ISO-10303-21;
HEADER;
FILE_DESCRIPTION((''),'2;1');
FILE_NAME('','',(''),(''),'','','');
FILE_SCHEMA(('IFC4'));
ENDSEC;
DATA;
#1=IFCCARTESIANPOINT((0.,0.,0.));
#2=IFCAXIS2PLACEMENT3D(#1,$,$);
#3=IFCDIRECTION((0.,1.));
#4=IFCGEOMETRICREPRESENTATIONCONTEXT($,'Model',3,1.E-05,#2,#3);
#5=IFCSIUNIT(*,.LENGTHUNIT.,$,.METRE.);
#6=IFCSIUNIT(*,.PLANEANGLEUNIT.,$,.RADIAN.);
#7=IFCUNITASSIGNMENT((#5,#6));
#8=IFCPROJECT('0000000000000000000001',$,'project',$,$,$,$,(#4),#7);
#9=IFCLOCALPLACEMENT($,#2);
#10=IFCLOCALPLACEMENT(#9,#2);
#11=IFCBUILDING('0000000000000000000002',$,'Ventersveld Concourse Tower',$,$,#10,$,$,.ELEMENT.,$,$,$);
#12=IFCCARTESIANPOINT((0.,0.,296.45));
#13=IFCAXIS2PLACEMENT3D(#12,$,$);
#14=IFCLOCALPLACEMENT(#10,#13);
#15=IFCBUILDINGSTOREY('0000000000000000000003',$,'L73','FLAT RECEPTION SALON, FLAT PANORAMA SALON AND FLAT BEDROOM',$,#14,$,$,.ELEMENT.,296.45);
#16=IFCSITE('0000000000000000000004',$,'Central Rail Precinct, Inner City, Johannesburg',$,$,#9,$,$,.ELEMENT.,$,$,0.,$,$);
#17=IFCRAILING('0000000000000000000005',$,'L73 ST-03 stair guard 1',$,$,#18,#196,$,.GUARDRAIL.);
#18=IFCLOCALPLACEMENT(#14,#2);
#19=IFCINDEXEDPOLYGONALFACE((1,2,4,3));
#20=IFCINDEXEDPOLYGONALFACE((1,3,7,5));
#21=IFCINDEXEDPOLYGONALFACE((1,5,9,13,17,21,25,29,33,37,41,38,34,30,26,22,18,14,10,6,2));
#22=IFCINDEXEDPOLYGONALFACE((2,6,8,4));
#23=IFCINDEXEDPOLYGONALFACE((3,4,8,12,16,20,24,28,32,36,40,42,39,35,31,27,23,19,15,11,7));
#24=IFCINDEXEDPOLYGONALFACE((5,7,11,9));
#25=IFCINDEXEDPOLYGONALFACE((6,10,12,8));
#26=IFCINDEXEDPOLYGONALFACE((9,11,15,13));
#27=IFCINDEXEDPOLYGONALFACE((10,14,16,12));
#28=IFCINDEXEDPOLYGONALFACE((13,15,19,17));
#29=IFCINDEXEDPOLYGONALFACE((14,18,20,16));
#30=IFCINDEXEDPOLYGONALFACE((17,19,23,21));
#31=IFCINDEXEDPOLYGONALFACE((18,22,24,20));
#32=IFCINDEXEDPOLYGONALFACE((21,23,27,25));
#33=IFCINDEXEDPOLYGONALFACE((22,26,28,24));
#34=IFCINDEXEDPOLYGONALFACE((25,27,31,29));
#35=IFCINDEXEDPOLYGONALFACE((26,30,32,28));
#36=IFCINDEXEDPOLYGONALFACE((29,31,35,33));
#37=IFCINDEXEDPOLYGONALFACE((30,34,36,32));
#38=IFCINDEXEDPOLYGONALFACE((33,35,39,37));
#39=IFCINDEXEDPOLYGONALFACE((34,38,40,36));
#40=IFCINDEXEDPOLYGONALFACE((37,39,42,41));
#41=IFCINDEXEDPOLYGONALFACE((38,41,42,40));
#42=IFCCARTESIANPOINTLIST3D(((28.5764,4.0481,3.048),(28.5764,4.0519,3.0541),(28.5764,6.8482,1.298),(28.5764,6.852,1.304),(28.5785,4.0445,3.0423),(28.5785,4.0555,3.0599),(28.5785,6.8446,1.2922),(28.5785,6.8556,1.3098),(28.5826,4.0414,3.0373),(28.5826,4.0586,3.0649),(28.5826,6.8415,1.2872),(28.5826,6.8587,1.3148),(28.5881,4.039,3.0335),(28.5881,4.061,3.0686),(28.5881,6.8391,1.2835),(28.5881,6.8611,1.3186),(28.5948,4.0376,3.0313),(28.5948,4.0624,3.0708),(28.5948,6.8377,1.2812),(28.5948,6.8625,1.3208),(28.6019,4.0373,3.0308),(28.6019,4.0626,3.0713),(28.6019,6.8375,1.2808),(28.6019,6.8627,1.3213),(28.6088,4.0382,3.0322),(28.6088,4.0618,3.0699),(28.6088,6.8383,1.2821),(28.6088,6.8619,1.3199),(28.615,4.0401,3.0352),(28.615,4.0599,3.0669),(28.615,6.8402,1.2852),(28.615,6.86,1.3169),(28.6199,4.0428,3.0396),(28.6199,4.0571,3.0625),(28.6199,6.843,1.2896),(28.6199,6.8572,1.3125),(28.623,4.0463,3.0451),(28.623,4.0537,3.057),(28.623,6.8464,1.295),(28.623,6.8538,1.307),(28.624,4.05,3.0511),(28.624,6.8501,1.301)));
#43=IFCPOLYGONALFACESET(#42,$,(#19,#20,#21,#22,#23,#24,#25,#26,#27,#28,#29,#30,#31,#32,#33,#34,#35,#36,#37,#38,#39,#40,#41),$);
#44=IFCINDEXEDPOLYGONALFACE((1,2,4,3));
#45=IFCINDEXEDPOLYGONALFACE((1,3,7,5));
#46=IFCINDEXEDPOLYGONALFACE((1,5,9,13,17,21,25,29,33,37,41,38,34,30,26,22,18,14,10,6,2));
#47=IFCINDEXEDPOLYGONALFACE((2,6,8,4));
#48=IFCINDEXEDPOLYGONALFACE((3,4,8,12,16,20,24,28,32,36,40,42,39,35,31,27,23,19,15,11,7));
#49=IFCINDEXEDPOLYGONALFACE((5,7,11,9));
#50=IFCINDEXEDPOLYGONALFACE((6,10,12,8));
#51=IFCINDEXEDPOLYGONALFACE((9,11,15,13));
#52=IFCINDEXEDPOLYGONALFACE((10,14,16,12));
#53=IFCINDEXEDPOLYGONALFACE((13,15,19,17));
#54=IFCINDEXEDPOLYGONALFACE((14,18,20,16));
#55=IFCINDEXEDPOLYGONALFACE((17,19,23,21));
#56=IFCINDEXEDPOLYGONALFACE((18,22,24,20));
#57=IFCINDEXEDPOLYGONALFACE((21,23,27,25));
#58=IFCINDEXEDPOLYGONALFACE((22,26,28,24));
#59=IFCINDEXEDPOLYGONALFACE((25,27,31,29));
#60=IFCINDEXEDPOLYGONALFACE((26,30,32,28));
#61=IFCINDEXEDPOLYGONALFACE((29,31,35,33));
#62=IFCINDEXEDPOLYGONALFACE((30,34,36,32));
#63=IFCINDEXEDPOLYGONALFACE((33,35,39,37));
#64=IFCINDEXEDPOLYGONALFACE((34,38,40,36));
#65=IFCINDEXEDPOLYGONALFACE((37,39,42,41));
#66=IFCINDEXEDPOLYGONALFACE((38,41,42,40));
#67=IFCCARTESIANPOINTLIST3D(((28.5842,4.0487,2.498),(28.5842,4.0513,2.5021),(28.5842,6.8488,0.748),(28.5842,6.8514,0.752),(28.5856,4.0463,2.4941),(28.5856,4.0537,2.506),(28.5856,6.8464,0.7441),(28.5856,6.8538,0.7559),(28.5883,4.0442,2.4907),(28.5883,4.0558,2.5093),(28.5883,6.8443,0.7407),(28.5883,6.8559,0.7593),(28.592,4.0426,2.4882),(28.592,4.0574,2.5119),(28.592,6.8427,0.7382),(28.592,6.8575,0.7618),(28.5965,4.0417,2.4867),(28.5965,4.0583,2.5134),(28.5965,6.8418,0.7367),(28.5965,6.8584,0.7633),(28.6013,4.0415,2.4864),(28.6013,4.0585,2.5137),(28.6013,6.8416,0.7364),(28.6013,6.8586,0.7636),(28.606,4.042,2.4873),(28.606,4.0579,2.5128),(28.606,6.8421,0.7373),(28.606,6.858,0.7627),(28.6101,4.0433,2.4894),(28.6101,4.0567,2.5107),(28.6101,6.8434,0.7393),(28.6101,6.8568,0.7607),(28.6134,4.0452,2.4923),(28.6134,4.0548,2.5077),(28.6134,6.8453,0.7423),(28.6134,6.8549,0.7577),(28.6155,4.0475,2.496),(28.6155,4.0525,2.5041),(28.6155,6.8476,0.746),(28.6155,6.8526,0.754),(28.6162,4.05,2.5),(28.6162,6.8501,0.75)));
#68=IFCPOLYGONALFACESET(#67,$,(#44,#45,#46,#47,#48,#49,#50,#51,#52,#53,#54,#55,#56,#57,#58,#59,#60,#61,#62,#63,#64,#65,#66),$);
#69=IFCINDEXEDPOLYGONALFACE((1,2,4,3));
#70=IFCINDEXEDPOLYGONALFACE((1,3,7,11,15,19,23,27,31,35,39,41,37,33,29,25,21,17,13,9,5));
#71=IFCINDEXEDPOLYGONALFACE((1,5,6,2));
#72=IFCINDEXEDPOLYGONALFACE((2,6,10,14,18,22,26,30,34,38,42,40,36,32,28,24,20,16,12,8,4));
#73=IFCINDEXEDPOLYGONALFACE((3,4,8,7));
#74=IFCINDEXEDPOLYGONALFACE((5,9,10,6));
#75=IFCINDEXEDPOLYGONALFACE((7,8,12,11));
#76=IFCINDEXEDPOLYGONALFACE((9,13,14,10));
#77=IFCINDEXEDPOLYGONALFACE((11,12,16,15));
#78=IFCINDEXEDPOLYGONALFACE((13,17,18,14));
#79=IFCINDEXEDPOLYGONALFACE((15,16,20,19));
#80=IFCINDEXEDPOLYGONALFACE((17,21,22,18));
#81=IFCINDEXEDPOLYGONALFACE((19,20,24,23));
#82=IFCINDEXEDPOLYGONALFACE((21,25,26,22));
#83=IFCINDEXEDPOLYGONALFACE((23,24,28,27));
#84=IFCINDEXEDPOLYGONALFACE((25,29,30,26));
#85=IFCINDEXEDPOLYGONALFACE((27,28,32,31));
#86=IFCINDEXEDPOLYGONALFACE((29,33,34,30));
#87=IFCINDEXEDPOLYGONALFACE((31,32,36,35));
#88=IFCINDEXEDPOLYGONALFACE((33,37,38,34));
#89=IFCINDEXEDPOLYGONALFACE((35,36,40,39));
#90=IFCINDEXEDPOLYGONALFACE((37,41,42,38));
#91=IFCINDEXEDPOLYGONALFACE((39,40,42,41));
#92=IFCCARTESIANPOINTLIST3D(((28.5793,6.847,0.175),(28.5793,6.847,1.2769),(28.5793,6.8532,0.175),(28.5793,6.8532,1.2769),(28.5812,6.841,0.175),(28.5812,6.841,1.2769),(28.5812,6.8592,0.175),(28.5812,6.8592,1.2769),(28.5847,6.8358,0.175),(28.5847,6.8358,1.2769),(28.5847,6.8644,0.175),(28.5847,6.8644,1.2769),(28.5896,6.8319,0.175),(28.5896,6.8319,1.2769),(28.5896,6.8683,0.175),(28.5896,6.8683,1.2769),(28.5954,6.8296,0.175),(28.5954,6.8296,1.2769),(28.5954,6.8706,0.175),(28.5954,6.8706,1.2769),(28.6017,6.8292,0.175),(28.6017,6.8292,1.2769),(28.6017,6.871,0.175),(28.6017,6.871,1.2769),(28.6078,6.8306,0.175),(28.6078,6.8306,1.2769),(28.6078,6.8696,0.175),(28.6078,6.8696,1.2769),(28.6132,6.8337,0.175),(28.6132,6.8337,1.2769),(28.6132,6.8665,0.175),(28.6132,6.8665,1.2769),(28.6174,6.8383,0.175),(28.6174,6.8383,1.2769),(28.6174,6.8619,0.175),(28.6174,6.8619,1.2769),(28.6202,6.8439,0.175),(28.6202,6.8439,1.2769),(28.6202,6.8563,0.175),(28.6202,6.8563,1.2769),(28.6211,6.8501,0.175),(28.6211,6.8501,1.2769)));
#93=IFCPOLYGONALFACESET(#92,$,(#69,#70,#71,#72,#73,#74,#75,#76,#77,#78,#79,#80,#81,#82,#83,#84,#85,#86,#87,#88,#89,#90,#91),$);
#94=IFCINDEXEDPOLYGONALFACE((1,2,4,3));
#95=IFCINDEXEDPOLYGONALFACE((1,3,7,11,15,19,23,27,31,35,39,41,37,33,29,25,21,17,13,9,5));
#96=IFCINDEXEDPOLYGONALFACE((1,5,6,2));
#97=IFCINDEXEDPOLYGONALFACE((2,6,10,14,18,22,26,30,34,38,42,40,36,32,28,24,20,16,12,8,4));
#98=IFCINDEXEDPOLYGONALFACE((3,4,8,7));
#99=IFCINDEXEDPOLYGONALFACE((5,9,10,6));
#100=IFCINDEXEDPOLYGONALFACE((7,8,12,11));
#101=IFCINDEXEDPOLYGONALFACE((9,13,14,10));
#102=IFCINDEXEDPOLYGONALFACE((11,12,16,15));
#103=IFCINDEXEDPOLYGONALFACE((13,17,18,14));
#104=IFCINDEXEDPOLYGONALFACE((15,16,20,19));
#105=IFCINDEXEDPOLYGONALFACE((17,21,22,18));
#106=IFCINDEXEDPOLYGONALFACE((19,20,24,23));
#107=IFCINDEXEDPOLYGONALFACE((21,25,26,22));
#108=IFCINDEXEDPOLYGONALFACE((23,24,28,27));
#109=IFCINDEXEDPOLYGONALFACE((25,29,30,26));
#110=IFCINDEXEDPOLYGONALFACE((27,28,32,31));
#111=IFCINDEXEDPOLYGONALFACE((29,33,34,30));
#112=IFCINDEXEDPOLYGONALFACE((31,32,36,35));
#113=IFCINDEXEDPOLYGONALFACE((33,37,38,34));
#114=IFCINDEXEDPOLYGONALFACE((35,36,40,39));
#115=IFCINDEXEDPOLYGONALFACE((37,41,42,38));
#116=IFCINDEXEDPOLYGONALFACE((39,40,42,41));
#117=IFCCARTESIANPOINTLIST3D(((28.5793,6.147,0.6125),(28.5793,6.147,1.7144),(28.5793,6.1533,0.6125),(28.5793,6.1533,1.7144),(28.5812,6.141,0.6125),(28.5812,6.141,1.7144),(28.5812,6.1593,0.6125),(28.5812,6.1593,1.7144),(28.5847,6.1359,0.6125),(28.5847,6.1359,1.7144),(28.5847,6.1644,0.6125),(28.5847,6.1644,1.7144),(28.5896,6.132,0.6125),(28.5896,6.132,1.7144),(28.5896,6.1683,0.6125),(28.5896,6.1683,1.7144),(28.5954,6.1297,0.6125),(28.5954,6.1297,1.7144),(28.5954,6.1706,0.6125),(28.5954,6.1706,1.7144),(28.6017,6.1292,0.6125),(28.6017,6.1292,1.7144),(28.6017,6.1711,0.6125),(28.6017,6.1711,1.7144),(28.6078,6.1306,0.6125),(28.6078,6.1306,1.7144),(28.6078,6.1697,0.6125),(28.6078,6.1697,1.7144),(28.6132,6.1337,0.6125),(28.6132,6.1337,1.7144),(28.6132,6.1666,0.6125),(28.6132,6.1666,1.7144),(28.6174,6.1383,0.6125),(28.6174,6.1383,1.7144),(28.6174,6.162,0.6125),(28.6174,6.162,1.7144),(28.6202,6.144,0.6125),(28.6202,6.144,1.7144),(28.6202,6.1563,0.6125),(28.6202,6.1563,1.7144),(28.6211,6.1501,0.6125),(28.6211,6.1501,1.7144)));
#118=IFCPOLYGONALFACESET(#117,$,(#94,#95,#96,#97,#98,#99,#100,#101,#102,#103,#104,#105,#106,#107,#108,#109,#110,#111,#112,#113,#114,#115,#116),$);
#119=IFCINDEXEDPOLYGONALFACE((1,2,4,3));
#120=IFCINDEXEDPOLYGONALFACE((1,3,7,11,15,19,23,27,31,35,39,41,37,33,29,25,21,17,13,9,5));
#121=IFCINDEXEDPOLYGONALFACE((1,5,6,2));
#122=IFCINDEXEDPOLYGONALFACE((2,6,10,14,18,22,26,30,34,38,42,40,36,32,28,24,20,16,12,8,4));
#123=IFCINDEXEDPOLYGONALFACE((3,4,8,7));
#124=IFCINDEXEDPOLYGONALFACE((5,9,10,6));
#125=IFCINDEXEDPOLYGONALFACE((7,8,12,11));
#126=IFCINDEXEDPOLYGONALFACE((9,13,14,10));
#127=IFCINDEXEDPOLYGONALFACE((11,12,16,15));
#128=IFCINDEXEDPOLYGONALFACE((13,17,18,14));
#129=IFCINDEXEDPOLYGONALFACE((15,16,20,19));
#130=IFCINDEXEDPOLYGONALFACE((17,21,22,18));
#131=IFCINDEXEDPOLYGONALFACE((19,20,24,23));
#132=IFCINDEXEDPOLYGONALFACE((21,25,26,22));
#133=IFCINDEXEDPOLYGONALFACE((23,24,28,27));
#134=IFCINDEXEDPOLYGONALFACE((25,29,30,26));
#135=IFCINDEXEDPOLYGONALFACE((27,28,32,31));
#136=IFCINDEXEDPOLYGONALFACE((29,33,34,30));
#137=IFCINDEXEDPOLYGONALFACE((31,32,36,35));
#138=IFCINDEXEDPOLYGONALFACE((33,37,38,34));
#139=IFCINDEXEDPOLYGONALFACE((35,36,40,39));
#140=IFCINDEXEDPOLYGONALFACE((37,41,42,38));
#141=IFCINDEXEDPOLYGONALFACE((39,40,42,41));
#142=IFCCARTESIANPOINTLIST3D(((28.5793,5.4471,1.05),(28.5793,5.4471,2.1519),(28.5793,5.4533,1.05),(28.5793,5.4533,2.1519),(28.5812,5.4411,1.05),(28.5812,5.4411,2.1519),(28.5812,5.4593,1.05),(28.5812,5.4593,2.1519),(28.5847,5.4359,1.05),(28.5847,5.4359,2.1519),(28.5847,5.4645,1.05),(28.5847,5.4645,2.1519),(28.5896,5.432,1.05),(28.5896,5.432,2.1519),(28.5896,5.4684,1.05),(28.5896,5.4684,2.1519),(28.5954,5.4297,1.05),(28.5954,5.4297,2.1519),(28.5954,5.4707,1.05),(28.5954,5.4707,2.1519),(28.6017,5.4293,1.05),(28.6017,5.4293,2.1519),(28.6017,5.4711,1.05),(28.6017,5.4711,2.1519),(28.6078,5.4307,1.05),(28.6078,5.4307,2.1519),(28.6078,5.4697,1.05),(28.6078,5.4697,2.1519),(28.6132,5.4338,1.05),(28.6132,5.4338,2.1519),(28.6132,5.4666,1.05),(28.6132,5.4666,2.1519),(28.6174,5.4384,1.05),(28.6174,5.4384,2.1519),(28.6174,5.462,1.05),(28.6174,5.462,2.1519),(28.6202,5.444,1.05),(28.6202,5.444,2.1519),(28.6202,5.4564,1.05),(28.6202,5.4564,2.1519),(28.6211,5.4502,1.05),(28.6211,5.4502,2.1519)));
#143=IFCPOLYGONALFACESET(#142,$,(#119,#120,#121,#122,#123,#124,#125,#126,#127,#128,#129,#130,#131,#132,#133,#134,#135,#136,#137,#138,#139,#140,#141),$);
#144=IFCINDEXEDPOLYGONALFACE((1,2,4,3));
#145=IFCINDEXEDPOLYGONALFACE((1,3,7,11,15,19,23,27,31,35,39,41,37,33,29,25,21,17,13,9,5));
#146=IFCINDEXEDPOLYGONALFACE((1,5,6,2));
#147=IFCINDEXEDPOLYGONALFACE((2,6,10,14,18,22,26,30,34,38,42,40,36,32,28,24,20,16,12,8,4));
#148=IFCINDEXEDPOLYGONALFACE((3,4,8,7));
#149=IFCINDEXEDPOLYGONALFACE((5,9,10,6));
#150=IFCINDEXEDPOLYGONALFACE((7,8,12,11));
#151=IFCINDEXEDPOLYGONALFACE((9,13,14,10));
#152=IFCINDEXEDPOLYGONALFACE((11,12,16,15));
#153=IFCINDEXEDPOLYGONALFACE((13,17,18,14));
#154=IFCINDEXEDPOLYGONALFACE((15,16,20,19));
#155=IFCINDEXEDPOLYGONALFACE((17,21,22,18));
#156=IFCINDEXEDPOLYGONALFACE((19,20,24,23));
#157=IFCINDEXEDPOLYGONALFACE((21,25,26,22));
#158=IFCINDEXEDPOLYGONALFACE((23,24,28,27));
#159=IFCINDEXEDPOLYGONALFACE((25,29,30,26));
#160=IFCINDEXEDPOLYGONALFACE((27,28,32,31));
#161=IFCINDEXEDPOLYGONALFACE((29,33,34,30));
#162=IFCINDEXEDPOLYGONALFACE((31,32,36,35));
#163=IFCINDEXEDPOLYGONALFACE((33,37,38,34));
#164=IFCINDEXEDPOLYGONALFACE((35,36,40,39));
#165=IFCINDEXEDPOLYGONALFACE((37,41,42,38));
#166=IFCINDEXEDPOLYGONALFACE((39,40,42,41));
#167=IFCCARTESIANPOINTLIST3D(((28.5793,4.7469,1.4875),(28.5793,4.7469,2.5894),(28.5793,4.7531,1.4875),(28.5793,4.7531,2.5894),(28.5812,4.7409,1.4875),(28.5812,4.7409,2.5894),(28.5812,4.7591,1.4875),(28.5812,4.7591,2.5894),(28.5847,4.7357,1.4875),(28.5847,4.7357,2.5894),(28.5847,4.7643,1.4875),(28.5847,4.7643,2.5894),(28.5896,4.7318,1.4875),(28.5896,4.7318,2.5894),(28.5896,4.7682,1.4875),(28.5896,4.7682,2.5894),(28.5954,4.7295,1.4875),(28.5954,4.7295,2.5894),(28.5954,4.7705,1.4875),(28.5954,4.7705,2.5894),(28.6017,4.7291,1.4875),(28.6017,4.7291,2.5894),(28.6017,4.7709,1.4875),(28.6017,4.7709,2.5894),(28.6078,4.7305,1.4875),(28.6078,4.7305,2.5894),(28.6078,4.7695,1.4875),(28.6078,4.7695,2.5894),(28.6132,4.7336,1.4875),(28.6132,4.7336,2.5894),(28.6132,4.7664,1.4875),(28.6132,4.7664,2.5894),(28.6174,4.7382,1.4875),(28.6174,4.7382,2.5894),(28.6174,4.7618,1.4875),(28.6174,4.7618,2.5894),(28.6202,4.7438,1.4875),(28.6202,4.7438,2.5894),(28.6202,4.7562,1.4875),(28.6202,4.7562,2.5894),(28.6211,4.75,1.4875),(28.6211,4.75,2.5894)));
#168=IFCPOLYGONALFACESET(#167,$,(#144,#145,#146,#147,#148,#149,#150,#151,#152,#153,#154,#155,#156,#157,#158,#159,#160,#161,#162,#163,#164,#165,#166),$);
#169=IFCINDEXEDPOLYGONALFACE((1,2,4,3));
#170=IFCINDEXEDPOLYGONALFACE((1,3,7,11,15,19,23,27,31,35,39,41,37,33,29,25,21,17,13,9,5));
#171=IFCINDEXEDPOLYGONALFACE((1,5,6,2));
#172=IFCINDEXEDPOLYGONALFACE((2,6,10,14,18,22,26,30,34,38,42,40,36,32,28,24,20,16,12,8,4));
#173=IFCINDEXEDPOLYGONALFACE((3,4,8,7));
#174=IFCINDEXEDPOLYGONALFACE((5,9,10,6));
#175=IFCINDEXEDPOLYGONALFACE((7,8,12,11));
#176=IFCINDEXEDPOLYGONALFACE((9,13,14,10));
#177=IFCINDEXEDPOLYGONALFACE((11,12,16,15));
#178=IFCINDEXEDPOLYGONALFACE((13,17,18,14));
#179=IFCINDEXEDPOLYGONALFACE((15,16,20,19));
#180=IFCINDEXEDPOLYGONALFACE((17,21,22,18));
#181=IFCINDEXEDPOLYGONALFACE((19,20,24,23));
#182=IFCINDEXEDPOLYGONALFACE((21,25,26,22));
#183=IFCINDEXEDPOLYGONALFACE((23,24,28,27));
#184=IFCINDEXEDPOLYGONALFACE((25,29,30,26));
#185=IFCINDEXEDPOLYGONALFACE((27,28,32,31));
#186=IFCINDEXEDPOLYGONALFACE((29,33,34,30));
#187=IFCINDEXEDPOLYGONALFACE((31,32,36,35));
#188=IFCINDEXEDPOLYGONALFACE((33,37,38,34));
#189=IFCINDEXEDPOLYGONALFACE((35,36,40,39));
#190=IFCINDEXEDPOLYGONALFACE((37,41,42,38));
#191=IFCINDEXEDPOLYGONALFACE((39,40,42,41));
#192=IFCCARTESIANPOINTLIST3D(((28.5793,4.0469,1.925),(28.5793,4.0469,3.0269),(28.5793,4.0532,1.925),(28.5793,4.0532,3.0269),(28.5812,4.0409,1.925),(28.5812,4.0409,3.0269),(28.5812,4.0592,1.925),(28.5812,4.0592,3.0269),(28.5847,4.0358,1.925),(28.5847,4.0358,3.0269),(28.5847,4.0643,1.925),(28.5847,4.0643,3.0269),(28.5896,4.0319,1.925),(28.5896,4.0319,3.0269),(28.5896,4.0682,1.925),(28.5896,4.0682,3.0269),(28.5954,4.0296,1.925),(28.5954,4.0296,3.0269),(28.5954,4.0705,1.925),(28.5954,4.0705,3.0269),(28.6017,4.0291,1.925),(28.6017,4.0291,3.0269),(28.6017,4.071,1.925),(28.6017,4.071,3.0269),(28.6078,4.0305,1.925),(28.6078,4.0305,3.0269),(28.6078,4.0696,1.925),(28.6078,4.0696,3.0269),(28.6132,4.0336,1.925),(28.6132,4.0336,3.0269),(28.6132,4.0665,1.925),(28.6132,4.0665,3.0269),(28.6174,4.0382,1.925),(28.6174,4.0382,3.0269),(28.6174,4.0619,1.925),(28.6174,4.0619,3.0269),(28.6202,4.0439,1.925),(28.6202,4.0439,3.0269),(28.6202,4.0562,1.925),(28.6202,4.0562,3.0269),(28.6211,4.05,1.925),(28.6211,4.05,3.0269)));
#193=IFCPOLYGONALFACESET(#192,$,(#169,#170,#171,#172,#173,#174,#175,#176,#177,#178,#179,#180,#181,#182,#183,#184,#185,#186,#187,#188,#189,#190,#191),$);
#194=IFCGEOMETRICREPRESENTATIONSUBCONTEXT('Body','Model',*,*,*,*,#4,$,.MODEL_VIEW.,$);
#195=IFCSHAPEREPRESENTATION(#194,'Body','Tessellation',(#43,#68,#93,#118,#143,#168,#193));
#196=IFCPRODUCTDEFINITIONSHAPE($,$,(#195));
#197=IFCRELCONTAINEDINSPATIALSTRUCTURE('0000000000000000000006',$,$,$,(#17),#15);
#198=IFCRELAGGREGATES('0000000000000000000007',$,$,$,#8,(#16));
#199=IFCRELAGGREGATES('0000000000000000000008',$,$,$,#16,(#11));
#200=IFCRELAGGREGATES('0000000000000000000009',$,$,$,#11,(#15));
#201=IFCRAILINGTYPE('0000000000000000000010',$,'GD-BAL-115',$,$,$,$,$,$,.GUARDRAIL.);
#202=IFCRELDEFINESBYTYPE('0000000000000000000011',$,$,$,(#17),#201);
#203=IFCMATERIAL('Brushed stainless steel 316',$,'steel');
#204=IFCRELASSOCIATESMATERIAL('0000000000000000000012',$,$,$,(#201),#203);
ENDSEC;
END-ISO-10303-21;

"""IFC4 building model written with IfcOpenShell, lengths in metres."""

from ifc_helpers import new_model, si_unit, direction, frame, origin, origin_2d, place, context, subcontext, project, spatial, circle, extrude, material, type_object, element, save


model = new_model("IFC4")

# Units and contexts
model_context = context("Model", 3, precision=1e-05, world=origin(), true_north=direction((0.0, 1.0)))
body_context = subcontext(model_context, "Body", "Model", "MODEL_VIEW")
ifc_project = project(units=[si_unit("LENGTHUNIT", "METRE"), si_unit("PLANEANGLEUNIT", "RADIAN")], contexts=[model_context])

# Site, building, storey
site_placement = place(None, origin())
site = spatial("IfcSite", under=ifc_project, at=site_placement, Name="Central Rail Precinct, Inner City, Johannesburg", CompositionType="ELEMENT", RefElevation=0.0)
building_placement = place(site_placement, origin())
building = spatial("IfcBuilding", under=site, at=building_placement, Name="Ventersveld Concourse Tower", CompositionType="ELEMENT")
storey_placement = place(building_placement, frame((0.0, 0.0, 296.45)))
storey = spatial("IfcBuildingStorey", under=building, at=storey_placement, Name="L73", Description="FLAT RECEPTION SALON, FLAT PANORAMA SALON AND FLAT BEDROOM", CompositionType="ELEMENT", Elevation=296.45)

# Shared definitions
ifc_material_1 = material(Name="Brushed stainless steel 316", Category="steel")

# Railing
railing_type_1 = type_object("IfcRailingType", Name="GD-BAL-115", PredefinedType="GUARDRAIL", material=ifc_material_1)
railing_1_placement = place(storey_placement, frame((28.6001, 6.8501, 0.175)))
element("IfcRailing", 1, at=railing_1_placement, inside=storey, type_object=railing_type_1, Name="L73 ST-03 stair guard 1", PredefinedType="GUARDRAIL", context=body_context, shape_type="SweptSolid", body=[
    extrude(circle(Radius=0.0239, at=origin_2d()), frame((0.0, 0.0, 1.126), z_axis=(0.0, -0.848002, 0.529992), x_axis=(1.0, 0.0, 0.0)), (0.0, 0.0, 1.0), 3.302),
    extrude(circle(Radius=0.0161, at=origin_2d()), frame((0.0, 0.0, 0.575), z_axis=(0.0, -0.848002, 0.529992), x_axis=(1.0, 0.0, 0.0)), (0.0, 0.0, 1.0), 3.302),
    extrude(circle(Radius=0.021, at=origin_2d()), origin(), (0.0, 0.0, 1.0), 1.1018),
    extrude(circle(Radius=0.021, at=origin_2d()), frame((0.0, -0.7, 0.4375)), (0.0, 0.0, 1.0), 1.1018),
    extrude(circle(Radius=0.021, at=origin_2d()), frame((0.0, -1.3999, 0.875)), (0.0, 0.0, 1.0), 1.1018),
    extrude(circle(Radius=0.021, at=origin_2d()), frame((0.0, -2.1001, 1.3125)), (0.0, 0.0, 1.0), 1.1018),
    extrude(circle(Radius=0.021, at=origin_2d()), frame((0.0, -2.8, 1.75)), (0.0, 0.0, 1.0), 1.1018),
])

save(model, "model.ifc")
